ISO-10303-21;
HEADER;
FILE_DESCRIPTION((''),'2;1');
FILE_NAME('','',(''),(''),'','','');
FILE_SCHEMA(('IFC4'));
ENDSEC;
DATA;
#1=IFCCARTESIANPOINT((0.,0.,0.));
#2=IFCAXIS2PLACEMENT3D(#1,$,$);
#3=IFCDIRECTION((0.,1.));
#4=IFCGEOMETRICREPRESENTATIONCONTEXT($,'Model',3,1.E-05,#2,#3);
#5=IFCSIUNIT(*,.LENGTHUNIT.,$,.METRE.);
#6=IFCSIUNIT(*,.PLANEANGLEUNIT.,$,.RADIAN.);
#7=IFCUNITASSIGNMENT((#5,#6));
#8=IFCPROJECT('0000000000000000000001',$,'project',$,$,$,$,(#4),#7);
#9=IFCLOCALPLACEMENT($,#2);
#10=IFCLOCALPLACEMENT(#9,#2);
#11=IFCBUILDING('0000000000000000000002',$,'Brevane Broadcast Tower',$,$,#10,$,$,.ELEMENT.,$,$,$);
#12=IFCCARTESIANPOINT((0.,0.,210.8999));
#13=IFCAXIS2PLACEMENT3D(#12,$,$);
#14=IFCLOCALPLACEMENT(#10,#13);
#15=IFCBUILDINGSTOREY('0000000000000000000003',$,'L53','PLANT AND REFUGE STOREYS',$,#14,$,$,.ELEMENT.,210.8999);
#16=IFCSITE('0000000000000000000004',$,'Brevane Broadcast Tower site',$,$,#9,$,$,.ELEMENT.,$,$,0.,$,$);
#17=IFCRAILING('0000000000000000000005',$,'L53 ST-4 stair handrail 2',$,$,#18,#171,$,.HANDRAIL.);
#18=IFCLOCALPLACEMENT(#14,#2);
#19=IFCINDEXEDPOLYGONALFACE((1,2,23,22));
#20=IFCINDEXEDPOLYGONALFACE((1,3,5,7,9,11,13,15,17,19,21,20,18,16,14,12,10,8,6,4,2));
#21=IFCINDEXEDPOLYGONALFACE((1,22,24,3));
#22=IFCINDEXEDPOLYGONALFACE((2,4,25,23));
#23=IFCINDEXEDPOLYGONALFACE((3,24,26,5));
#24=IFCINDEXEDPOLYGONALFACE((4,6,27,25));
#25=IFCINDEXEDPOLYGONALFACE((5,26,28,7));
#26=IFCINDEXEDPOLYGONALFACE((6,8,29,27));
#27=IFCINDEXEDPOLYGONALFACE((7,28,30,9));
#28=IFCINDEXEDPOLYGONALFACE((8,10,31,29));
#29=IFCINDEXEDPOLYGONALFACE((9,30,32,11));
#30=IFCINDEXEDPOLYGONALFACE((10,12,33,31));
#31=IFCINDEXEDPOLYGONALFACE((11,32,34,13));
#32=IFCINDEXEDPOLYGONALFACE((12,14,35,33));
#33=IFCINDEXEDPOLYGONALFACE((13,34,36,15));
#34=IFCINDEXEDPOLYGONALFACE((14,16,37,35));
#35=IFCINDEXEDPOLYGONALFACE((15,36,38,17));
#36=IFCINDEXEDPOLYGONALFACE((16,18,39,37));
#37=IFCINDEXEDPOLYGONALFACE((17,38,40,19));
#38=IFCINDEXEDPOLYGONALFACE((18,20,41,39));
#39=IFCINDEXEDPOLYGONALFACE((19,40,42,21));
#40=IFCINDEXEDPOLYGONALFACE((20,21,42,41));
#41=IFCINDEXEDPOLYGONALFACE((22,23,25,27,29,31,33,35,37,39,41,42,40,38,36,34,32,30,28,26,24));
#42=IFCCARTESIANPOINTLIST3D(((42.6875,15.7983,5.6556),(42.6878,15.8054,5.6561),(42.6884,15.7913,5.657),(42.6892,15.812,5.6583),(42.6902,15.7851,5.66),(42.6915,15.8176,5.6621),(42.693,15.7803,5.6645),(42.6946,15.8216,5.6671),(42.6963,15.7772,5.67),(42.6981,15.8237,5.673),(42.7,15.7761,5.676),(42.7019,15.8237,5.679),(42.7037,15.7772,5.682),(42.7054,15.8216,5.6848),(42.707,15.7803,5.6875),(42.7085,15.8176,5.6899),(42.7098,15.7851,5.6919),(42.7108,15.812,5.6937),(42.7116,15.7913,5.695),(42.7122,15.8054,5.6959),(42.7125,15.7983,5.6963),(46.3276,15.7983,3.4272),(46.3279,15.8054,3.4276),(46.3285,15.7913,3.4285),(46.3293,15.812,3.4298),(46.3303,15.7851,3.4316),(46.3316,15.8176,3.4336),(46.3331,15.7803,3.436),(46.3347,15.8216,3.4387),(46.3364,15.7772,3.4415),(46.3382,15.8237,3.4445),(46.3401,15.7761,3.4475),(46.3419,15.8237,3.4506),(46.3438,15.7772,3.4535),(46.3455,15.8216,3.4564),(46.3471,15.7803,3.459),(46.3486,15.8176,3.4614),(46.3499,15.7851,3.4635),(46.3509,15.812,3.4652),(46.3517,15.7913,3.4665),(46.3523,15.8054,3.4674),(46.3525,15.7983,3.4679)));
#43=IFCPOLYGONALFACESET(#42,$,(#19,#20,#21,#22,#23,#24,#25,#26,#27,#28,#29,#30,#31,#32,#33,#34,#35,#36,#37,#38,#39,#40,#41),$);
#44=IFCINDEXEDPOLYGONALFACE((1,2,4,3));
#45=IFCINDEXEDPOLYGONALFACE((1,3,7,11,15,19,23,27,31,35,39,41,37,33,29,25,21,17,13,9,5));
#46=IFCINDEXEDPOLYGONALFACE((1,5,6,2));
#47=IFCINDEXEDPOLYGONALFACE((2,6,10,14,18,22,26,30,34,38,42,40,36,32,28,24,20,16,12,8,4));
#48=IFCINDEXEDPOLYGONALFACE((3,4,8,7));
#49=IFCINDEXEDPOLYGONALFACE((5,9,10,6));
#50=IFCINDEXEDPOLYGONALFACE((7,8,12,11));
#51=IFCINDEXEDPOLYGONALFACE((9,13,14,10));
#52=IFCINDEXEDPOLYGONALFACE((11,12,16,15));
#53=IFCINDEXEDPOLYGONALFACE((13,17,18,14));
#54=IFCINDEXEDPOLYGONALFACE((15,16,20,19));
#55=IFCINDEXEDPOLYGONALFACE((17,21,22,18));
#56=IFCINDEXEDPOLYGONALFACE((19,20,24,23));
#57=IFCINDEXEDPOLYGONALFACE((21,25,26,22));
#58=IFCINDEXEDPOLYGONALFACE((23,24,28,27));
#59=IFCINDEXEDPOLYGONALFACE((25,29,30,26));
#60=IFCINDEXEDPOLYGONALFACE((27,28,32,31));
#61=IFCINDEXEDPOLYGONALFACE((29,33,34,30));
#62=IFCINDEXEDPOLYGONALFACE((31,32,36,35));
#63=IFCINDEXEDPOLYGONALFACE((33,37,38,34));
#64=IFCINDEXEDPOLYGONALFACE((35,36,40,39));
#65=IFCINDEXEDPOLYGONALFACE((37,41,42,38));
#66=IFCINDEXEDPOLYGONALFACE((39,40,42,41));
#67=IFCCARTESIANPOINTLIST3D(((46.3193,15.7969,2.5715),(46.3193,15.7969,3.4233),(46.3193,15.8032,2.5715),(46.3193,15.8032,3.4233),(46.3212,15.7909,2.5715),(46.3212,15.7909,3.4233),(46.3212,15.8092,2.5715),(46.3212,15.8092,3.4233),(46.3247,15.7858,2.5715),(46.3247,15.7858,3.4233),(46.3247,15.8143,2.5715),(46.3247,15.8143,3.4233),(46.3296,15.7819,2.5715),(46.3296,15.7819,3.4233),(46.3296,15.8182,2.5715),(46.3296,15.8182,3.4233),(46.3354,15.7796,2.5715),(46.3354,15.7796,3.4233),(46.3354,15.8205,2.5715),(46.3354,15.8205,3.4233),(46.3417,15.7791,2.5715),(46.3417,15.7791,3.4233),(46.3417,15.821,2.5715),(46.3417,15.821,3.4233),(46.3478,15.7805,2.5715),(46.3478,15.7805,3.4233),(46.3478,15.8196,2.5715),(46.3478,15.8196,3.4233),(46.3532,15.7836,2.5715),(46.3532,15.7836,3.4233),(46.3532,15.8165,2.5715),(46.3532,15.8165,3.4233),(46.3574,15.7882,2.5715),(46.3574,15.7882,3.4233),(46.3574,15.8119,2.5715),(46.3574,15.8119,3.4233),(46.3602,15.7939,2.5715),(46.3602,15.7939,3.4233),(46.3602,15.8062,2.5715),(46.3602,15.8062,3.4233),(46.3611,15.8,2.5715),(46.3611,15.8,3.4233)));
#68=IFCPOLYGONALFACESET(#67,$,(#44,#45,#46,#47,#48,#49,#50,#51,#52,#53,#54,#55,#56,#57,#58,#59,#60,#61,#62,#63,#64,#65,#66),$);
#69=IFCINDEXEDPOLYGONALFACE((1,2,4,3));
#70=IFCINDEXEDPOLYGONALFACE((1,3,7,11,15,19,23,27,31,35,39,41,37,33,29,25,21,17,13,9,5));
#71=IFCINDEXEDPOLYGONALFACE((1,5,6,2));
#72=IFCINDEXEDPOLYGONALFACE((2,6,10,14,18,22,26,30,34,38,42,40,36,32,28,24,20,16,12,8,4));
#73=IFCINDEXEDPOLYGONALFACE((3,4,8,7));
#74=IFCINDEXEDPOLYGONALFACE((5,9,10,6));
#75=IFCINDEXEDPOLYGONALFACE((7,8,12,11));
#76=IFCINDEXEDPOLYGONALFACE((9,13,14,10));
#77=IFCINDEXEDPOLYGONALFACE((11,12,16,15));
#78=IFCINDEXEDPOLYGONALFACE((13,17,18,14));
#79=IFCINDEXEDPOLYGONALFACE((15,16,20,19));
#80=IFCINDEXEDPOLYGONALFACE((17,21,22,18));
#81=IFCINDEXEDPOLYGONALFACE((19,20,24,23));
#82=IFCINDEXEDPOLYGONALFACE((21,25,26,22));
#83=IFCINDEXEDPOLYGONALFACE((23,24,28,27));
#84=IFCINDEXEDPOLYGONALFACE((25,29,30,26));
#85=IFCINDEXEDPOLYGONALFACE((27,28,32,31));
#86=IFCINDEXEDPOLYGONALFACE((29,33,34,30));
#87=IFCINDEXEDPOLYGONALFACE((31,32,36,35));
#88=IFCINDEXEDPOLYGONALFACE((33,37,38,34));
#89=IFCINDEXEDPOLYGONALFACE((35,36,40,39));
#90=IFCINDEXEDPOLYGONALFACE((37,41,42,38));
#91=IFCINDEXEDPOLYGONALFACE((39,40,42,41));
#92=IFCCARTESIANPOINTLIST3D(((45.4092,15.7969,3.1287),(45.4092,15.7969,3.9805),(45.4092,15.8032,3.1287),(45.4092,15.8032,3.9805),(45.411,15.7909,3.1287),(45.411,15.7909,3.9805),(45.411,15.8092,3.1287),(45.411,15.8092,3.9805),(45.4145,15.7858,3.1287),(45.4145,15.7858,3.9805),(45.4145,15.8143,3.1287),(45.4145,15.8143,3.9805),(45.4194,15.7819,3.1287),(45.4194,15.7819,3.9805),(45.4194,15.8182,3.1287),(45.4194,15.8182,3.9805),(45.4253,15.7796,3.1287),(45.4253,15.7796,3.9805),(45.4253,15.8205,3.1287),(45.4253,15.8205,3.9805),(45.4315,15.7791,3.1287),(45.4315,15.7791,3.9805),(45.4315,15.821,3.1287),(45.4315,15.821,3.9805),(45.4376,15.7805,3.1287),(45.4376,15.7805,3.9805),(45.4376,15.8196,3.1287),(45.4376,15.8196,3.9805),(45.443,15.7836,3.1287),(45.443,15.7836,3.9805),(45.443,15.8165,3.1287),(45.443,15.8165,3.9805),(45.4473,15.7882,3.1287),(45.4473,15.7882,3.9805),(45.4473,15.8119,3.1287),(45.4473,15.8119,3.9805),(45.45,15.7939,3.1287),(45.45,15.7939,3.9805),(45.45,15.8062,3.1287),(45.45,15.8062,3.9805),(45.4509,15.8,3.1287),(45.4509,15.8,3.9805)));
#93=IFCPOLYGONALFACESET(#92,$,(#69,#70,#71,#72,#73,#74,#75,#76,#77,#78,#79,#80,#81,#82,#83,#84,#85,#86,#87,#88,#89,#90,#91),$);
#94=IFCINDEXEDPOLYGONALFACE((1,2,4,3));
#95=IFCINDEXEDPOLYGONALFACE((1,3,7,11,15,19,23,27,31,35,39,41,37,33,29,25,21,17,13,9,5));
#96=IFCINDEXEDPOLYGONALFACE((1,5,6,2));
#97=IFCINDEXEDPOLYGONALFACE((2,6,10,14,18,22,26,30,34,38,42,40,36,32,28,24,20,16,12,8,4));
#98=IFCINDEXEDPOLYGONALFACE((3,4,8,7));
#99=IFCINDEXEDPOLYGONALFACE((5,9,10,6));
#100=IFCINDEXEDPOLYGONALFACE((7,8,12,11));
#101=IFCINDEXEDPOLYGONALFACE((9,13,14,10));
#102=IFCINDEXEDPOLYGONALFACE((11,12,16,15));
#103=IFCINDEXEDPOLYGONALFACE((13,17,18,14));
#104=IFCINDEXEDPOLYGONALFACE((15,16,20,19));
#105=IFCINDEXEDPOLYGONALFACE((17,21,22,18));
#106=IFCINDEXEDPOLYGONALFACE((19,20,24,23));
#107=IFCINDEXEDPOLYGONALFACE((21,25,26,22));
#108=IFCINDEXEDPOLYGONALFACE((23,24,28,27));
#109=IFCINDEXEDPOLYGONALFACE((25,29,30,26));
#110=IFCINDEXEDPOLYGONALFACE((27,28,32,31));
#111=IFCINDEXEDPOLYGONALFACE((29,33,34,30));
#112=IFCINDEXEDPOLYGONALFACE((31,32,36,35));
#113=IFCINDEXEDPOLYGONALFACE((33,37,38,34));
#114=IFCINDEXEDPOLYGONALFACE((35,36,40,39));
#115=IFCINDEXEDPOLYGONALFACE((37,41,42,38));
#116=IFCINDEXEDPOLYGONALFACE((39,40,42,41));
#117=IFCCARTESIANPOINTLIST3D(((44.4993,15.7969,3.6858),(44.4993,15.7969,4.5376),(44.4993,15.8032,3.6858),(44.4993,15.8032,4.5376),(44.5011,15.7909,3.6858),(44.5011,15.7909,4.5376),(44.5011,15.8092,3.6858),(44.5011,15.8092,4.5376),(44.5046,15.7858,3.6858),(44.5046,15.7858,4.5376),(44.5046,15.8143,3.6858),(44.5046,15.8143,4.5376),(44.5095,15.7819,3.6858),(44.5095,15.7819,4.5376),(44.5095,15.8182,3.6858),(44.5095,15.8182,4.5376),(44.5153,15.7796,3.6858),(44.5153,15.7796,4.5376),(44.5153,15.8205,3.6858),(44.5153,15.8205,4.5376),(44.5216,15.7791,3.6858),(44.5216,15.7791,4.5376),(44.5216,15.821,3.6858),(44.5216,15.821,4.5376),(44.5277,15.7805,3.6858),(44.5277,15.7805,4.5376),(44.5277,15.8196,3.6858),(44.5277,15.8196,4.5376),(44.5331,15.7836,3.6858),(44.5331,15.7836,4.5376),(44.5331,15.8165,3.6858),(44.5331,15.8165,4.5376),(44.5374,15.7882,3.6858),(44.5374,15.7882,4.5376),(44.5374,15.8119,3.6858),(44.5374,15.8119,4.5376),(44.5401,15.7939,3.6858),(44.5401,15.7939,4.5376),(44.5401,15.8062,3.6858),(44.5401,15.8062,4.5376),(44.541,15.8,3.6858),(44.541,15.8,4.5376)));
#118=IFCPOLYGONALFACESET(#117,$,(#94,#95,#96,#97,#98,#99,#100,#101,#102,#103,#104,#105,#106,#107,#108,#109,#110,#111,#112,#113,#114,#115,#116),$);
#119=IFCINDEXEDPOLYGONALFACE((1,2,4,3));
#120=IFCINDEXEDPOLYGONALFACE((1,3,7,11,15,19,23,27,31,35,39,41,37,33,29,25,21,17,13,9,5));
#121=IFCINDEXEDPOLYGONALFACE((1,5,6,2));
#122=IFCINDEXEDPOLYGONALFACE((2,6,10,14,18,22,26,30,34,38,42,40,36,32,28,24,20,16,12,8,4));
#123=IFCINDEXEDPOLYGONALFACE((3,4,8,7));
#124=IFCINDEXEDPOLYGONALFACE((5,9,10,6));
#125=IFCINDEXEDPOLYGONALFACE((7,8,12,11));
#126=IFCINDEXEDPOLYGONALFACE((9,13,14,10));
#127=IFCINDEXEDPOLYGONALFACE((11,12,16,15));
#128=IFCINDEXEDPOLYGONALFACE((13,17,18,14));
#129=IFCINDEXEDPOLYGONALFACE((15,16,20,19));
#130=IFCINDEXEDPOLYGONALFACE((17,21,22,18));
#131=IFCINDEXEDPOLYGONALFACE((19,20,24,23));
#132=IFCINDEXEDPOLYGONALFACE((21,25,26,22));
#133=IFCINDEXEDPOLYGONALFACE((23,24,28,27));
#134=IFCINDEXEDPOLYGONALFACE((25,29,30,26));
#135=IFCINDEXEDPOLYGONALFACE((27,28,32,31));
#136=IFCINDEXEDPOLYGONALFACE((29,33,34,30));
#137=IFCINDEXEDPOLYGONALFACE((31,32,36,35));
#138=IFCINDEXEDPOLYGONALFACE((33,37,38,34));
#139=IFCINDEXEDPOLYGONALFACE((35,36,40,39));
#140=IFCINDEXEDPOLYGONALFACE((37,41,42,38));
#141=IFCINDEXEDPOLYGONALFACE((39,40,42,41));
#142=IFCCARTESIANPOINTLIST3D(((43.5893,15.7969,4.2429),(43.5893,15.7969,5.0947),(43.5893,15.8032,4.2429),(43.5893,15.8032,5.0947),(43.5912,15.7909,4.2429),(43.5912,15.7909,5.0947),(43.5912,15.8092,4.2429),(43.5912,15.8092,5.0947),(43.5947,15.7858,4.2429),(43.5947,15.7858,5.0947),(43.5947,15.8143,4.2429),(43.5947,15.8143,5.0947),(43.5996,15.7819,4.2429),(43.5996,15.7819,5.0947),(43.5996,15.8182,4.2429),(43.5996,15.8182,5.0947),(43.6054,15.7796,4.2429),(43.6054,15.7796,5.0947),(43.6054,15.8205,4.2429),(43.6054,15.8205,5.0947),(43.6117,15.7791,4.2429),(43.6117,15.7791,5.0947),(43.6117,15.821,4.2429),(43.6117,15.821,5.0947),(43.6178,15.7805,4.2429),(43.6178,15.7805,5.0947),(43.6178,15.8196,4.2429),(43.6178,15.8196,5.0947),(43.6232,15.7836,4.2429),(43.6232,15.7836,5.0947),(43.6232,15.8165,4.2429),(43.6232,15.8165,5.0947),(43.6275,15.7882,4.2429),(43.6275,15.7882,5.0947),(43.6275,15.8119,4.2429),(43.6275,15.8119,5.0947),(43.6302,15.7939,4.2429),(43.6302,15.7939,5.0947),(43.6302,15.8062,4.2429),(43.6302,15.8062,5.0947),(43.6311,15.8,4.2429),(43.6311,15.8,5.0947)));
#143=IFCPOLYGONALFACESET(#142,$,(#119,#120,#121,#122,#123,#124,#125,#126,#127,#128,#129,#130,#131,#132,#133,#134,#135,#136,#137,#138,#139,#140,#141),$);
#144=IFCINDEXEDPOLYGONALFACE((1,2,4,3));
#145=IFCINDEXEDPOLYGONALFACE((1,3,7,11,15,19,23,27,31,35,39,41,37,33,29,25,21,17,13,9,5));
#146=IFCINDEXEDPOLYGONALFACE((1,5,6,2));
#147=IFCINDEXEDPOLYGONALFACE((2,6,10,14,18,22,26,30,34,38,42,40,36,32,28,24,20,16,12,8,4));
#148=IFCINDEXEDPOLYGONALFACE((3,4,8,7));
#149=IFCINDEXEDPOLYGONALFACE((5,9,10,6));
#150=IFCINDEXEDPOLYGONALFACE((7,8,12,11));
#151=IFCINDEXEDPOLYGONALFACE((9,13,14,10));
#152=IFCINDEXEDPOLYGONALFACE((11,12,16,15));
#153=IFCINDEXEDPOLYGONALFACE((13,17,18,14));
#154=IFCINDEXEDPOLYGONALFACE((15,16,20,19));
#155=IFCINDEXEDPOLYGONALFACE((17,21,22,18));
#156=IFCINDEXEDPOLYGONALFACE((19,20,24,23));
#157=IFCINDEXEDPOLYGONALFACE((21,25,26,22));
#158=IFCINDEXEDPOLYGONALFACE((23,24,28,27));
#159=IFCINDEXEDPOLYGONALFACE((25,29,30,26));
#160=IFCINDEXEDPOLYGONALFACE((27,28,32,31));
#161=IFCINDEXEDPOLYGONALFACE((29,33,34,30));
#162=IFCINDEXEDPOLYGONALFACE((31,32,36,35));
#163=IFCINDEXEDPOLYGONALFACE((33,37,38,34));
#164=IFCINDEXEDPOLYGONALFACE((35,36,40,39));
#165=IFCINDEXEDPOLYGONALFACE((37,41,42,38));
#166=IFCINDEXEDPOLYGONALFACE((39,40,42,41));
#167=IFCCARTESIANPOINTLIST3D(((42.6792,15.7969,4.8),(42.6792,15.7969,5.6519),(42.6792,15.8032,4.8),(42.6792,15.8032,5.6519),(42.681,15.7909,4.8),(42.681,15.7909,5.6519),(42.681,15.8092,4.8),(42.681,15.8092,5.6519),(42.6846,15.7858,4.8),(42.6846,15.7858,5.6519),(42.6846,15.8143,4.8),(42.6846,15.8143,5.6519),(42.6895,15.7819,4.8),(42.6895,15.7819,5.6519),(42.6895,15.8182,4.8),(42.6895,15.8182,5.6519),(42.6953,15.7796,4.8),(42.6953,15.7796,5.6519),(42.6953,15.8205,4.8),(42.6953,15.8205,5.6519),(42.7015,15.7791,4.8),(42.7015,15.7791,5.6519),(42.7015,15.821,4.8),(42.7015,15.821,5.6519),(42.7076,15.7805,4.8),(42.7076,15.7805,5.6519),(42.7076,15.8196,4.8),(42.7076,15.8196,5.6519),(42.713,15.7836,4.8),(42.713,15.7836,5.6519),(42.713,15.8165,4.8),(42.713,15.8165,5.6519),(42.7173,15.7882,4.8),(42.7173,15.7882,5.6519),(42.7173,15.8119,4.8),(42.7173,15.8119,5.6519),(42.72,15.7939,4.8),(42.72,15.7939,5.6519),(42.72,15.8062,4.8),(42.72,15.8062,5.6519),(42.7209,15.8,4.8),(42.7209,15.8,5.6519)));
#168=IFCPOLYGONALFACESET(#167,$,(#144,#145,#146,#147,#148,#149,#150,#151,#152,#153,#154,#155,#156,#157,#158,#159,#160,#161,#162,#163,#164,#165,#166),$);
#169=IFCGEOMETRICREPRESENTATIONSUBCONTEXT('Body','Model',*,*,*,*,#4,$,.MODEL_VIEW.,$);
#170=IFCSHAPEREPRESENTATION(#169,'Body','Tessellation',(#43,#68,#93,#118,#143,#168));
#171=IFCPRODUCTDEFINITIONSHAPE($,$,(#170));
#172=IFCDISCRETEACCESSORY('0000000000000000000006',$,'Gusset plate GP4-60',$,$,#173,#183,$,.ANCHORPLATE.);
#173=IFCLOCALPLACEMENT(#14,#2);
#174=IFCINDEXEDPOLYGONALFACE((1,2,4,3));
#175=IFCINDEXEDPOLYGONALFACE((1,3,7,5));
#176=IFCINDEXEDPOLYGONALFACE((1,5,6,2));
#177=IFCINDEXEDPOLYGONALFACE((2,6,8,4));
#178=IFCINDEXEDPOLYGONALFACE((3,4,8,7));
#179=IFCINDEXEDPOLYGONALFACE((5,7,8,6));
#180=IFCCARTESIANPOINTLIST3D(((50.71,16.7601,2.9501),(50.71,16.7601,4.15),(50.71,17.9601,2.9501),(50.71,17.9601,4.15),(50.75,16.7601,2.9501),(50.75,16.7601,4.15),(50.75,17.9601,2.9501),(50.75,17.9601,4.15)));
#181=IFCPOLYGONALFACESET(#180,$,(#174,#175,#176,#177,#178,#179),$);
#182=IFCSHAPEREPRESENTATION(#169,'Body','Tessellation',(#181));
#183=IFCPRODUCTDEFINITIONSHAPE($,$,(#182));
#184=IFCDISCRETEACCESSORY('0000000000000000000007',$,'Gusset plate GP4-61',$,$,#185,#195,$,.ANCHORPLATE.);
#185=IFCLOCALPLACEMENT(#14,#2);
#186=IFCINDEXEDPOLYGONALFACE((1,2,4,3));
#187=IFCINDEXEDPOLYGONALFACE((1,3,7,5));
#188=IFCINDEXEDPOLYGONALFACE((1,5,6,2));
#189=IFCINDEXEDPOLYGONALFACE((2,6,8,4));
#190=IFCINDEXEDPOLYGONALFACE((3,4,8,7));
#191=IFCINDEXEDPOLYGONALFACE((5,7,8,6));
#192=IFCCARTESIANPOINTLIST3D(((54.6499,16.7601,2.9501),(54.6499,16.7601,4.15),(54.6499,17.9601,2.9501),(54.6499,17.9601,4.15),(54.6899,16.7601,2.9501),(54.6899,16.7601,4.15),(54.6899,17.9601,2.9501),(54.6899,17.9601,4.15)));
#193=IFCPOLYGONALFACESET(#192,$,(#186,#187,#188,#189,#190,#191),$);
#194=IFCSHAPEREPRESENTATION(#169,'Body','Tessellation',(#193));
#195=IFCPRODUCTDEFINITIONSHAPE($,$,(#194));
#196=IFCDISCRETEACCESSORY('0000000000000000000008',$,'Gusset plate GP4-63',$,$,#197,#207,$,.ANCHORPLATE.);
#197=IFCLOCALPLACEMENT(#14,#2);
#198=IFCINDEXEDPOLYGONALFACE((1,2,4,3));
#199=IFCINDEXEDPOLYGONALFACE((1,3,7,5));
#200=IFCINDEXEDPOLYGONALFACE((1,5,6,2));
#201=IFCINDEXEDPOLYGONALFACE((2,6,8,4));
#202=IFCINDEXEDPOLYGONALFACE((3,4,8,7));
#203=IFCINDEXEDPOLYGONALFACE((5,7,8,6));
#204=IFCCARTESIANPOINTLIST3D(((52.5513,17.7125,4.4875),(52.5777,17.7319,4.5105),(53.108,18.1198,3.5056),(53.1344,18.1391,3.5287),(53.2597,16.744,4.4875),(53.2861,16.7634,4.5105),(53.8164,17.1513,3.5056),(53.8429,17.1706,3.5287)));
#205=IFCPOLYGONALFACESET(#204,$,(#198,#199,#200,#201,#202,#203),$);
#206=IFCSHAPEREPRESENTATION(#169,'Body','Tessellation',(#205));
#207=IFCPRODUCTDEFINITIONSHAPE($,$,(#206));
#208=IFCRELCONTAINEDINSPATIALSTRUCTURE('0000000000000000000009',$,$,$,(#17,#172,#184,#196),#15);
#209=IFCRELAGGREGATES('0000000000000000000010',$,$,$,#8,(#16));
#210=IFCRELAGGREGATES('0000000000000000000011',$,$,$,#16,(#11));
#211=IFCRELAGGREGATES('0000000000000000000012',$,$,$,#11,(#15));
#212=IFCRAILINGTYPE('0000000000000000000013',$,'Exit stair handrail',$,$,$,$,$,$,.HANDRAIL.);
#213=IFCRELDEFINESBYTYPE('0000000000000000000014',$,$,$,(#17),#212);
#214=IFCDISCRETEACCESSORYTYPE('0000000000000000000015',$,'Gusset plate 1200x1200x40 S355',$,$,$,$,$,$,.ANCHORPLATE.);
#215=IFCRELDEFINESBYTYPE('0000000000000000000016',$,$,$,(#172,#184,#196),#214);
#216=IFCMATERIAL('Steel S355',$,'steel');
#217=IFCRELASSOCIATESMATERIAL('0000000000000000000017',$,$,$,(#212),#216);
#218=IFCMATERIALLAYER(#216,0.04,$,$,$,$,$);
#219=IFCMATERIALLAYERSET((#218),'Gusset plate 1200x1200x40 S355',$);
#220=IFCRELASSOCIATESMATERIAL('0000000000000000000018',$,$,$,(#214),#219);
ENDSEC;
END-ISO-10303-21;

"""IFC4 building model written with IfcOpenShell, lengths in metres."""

from ifc_helpers import new_model, si_unit, direction, frame, origin, origin_2d, place, context, subcontext, project, spatial, rectangle, circle, extrude, material, layer, layer_set, type_object, element, save


model = new_model("IFC4")

# Units and contexts
model_context = context("Model", 3, precision=1e-05, world=origin(), true_north=direction((0.0, 1.0)))
body_context = subcontext(model_context, "Body", "Model", "MODEL_VIEW")
ifc_project = project(units=[si_unit("LENGTHUNIT", "METRE"), si_unit("PLANEANGLEUNIT", "RADIAN")], contexts=[model_context])

# Site, building, storey
site_placement = place(None, origin())
site = spatial("IfcSite", under=ifc_project, at=site_placement, Name="Brevane Broadcast Tower site", CompositionType="ELEMENT", RefElevation=0.0)
building_placement = place(site_placement, origin())
building = spatial("IfcBuilding", under=site, at=building_placement, Name="Brevane Broadcast Tower", CompositionType="ELEMENT")
storey_placement = place(building_placement, frame((0.0, 0.0, 210.8999)))
storey = spatial("IfcBuildingStorey", under=building, at=storey_placement, Name="L53", Description="PLANT AND REFUGE STOREYS", CompositionType="ELEMENT", Elevation=210.8999)

# Shared definitions
ifc_material_1 = material(Name="Steel S355", Category="steel")

# Railing
railing_type_1 = type_object("IfcRailingType", Name="Exit stair handrail", PredefinedType="HANDRAIL", material=ifc_material_1)
railing_1_placement = place(storey_placement, frame((46.3401, 15.8, 2.5715)))
element("IfcRailing", 1, at=railing_1_placement, inside=storey, type_object=railing_type_1, Name="L53 ST-4 stair handrail 2", PredefinedType="HANDRAIL", context=body_context, shape_type="SweptSolid", body=[
    extrude(circle(Radius=0.0239, at=origin_2d()), frame((0.0, 0.0, 0.876), z_axis=(-0.852866, 0.0, 0.52213), x_axis=(0.0, -1.0, 0.0)), (0.0, 0.0, 1.0), 4.2681),
    extrude(circle(Radius=0.021, at=origin_2d()), origin(), (0.0, 0.0, 1.0), 0.8518),
    extrude(circle(Radius=0.021, at=origin_2d()), frame((-0.9102, 0.0, 0.5571)), (0.0, 0.0, 1.0), 0.8518),
    extrude(circle(Radius=0.021, at=origin_2d()), frame((-1.8201, 0.0, 1.1143)), (0.0, 0.0, 1.0), 0.8518),
    extrude(circle(Radius=0.021, at=origin_2d()), frame((-2.73, 0.0, 1.6714)), (0.0, 0.0, 1.0), 0.8518),
    extrude(circle(Radius=0.021, at=origin_2d()), frame((-3.6401, 0.0, 2.2285)), (0.0, 0.0, 1.0), 0.8518),
])

# Discrete accessories
ifc_layer_1 = layer(ifc_material_1, 0.04)
ifc_layer_set_1 = layer_set([ifc_layer_1], Name="Gusset plate 1200x1200x40 S355")
discrete_accessory_type_1 = type_object("IfcDiscreteAccessoryType", Name="Gusset plate 1200x1200x40 S355", PredefinedType="ANCHORPLATE", material=ifc_layer_set_1)
for number, where, z_axis, x_axis, name in (
    (2, (50.71, 17.3601, 3.55), (1.0, 0.0, 0.0), (0.0, 1.0, 0.0), "Gusset plate GP4-60"),
    (3, (54.6499, 17.3601, 3.55), (1.0, 0.0, 0.0), (0.0, 1.0, 0.0), "Gusset plate GP4-61"),
    (4, (53.1838, 17.4319, 3.9966), (0.660442, 0.483101, 0.574829), (-0.590391, 0.807117, 0.0), "Gusset plate GP4-63"),
):
    element("IfcDiscreteAccessory", number, at=place(storey_placement, frame(where, z_axis=z_axis, x_axis=x_axis)), inside=storey, type_object=discrete_accessory_type_1, Name=name, PredefinedType="ANCHORPLATE", context=body_context, shape_type="SweptSolid", body=[
        extrude(rectangle(XDim=1.2, YDim=1.2, at=origin_2d()), origin(), (0.0, 0.0, 1.0), 0.04),
    ])

save(model, "model.ifc")
